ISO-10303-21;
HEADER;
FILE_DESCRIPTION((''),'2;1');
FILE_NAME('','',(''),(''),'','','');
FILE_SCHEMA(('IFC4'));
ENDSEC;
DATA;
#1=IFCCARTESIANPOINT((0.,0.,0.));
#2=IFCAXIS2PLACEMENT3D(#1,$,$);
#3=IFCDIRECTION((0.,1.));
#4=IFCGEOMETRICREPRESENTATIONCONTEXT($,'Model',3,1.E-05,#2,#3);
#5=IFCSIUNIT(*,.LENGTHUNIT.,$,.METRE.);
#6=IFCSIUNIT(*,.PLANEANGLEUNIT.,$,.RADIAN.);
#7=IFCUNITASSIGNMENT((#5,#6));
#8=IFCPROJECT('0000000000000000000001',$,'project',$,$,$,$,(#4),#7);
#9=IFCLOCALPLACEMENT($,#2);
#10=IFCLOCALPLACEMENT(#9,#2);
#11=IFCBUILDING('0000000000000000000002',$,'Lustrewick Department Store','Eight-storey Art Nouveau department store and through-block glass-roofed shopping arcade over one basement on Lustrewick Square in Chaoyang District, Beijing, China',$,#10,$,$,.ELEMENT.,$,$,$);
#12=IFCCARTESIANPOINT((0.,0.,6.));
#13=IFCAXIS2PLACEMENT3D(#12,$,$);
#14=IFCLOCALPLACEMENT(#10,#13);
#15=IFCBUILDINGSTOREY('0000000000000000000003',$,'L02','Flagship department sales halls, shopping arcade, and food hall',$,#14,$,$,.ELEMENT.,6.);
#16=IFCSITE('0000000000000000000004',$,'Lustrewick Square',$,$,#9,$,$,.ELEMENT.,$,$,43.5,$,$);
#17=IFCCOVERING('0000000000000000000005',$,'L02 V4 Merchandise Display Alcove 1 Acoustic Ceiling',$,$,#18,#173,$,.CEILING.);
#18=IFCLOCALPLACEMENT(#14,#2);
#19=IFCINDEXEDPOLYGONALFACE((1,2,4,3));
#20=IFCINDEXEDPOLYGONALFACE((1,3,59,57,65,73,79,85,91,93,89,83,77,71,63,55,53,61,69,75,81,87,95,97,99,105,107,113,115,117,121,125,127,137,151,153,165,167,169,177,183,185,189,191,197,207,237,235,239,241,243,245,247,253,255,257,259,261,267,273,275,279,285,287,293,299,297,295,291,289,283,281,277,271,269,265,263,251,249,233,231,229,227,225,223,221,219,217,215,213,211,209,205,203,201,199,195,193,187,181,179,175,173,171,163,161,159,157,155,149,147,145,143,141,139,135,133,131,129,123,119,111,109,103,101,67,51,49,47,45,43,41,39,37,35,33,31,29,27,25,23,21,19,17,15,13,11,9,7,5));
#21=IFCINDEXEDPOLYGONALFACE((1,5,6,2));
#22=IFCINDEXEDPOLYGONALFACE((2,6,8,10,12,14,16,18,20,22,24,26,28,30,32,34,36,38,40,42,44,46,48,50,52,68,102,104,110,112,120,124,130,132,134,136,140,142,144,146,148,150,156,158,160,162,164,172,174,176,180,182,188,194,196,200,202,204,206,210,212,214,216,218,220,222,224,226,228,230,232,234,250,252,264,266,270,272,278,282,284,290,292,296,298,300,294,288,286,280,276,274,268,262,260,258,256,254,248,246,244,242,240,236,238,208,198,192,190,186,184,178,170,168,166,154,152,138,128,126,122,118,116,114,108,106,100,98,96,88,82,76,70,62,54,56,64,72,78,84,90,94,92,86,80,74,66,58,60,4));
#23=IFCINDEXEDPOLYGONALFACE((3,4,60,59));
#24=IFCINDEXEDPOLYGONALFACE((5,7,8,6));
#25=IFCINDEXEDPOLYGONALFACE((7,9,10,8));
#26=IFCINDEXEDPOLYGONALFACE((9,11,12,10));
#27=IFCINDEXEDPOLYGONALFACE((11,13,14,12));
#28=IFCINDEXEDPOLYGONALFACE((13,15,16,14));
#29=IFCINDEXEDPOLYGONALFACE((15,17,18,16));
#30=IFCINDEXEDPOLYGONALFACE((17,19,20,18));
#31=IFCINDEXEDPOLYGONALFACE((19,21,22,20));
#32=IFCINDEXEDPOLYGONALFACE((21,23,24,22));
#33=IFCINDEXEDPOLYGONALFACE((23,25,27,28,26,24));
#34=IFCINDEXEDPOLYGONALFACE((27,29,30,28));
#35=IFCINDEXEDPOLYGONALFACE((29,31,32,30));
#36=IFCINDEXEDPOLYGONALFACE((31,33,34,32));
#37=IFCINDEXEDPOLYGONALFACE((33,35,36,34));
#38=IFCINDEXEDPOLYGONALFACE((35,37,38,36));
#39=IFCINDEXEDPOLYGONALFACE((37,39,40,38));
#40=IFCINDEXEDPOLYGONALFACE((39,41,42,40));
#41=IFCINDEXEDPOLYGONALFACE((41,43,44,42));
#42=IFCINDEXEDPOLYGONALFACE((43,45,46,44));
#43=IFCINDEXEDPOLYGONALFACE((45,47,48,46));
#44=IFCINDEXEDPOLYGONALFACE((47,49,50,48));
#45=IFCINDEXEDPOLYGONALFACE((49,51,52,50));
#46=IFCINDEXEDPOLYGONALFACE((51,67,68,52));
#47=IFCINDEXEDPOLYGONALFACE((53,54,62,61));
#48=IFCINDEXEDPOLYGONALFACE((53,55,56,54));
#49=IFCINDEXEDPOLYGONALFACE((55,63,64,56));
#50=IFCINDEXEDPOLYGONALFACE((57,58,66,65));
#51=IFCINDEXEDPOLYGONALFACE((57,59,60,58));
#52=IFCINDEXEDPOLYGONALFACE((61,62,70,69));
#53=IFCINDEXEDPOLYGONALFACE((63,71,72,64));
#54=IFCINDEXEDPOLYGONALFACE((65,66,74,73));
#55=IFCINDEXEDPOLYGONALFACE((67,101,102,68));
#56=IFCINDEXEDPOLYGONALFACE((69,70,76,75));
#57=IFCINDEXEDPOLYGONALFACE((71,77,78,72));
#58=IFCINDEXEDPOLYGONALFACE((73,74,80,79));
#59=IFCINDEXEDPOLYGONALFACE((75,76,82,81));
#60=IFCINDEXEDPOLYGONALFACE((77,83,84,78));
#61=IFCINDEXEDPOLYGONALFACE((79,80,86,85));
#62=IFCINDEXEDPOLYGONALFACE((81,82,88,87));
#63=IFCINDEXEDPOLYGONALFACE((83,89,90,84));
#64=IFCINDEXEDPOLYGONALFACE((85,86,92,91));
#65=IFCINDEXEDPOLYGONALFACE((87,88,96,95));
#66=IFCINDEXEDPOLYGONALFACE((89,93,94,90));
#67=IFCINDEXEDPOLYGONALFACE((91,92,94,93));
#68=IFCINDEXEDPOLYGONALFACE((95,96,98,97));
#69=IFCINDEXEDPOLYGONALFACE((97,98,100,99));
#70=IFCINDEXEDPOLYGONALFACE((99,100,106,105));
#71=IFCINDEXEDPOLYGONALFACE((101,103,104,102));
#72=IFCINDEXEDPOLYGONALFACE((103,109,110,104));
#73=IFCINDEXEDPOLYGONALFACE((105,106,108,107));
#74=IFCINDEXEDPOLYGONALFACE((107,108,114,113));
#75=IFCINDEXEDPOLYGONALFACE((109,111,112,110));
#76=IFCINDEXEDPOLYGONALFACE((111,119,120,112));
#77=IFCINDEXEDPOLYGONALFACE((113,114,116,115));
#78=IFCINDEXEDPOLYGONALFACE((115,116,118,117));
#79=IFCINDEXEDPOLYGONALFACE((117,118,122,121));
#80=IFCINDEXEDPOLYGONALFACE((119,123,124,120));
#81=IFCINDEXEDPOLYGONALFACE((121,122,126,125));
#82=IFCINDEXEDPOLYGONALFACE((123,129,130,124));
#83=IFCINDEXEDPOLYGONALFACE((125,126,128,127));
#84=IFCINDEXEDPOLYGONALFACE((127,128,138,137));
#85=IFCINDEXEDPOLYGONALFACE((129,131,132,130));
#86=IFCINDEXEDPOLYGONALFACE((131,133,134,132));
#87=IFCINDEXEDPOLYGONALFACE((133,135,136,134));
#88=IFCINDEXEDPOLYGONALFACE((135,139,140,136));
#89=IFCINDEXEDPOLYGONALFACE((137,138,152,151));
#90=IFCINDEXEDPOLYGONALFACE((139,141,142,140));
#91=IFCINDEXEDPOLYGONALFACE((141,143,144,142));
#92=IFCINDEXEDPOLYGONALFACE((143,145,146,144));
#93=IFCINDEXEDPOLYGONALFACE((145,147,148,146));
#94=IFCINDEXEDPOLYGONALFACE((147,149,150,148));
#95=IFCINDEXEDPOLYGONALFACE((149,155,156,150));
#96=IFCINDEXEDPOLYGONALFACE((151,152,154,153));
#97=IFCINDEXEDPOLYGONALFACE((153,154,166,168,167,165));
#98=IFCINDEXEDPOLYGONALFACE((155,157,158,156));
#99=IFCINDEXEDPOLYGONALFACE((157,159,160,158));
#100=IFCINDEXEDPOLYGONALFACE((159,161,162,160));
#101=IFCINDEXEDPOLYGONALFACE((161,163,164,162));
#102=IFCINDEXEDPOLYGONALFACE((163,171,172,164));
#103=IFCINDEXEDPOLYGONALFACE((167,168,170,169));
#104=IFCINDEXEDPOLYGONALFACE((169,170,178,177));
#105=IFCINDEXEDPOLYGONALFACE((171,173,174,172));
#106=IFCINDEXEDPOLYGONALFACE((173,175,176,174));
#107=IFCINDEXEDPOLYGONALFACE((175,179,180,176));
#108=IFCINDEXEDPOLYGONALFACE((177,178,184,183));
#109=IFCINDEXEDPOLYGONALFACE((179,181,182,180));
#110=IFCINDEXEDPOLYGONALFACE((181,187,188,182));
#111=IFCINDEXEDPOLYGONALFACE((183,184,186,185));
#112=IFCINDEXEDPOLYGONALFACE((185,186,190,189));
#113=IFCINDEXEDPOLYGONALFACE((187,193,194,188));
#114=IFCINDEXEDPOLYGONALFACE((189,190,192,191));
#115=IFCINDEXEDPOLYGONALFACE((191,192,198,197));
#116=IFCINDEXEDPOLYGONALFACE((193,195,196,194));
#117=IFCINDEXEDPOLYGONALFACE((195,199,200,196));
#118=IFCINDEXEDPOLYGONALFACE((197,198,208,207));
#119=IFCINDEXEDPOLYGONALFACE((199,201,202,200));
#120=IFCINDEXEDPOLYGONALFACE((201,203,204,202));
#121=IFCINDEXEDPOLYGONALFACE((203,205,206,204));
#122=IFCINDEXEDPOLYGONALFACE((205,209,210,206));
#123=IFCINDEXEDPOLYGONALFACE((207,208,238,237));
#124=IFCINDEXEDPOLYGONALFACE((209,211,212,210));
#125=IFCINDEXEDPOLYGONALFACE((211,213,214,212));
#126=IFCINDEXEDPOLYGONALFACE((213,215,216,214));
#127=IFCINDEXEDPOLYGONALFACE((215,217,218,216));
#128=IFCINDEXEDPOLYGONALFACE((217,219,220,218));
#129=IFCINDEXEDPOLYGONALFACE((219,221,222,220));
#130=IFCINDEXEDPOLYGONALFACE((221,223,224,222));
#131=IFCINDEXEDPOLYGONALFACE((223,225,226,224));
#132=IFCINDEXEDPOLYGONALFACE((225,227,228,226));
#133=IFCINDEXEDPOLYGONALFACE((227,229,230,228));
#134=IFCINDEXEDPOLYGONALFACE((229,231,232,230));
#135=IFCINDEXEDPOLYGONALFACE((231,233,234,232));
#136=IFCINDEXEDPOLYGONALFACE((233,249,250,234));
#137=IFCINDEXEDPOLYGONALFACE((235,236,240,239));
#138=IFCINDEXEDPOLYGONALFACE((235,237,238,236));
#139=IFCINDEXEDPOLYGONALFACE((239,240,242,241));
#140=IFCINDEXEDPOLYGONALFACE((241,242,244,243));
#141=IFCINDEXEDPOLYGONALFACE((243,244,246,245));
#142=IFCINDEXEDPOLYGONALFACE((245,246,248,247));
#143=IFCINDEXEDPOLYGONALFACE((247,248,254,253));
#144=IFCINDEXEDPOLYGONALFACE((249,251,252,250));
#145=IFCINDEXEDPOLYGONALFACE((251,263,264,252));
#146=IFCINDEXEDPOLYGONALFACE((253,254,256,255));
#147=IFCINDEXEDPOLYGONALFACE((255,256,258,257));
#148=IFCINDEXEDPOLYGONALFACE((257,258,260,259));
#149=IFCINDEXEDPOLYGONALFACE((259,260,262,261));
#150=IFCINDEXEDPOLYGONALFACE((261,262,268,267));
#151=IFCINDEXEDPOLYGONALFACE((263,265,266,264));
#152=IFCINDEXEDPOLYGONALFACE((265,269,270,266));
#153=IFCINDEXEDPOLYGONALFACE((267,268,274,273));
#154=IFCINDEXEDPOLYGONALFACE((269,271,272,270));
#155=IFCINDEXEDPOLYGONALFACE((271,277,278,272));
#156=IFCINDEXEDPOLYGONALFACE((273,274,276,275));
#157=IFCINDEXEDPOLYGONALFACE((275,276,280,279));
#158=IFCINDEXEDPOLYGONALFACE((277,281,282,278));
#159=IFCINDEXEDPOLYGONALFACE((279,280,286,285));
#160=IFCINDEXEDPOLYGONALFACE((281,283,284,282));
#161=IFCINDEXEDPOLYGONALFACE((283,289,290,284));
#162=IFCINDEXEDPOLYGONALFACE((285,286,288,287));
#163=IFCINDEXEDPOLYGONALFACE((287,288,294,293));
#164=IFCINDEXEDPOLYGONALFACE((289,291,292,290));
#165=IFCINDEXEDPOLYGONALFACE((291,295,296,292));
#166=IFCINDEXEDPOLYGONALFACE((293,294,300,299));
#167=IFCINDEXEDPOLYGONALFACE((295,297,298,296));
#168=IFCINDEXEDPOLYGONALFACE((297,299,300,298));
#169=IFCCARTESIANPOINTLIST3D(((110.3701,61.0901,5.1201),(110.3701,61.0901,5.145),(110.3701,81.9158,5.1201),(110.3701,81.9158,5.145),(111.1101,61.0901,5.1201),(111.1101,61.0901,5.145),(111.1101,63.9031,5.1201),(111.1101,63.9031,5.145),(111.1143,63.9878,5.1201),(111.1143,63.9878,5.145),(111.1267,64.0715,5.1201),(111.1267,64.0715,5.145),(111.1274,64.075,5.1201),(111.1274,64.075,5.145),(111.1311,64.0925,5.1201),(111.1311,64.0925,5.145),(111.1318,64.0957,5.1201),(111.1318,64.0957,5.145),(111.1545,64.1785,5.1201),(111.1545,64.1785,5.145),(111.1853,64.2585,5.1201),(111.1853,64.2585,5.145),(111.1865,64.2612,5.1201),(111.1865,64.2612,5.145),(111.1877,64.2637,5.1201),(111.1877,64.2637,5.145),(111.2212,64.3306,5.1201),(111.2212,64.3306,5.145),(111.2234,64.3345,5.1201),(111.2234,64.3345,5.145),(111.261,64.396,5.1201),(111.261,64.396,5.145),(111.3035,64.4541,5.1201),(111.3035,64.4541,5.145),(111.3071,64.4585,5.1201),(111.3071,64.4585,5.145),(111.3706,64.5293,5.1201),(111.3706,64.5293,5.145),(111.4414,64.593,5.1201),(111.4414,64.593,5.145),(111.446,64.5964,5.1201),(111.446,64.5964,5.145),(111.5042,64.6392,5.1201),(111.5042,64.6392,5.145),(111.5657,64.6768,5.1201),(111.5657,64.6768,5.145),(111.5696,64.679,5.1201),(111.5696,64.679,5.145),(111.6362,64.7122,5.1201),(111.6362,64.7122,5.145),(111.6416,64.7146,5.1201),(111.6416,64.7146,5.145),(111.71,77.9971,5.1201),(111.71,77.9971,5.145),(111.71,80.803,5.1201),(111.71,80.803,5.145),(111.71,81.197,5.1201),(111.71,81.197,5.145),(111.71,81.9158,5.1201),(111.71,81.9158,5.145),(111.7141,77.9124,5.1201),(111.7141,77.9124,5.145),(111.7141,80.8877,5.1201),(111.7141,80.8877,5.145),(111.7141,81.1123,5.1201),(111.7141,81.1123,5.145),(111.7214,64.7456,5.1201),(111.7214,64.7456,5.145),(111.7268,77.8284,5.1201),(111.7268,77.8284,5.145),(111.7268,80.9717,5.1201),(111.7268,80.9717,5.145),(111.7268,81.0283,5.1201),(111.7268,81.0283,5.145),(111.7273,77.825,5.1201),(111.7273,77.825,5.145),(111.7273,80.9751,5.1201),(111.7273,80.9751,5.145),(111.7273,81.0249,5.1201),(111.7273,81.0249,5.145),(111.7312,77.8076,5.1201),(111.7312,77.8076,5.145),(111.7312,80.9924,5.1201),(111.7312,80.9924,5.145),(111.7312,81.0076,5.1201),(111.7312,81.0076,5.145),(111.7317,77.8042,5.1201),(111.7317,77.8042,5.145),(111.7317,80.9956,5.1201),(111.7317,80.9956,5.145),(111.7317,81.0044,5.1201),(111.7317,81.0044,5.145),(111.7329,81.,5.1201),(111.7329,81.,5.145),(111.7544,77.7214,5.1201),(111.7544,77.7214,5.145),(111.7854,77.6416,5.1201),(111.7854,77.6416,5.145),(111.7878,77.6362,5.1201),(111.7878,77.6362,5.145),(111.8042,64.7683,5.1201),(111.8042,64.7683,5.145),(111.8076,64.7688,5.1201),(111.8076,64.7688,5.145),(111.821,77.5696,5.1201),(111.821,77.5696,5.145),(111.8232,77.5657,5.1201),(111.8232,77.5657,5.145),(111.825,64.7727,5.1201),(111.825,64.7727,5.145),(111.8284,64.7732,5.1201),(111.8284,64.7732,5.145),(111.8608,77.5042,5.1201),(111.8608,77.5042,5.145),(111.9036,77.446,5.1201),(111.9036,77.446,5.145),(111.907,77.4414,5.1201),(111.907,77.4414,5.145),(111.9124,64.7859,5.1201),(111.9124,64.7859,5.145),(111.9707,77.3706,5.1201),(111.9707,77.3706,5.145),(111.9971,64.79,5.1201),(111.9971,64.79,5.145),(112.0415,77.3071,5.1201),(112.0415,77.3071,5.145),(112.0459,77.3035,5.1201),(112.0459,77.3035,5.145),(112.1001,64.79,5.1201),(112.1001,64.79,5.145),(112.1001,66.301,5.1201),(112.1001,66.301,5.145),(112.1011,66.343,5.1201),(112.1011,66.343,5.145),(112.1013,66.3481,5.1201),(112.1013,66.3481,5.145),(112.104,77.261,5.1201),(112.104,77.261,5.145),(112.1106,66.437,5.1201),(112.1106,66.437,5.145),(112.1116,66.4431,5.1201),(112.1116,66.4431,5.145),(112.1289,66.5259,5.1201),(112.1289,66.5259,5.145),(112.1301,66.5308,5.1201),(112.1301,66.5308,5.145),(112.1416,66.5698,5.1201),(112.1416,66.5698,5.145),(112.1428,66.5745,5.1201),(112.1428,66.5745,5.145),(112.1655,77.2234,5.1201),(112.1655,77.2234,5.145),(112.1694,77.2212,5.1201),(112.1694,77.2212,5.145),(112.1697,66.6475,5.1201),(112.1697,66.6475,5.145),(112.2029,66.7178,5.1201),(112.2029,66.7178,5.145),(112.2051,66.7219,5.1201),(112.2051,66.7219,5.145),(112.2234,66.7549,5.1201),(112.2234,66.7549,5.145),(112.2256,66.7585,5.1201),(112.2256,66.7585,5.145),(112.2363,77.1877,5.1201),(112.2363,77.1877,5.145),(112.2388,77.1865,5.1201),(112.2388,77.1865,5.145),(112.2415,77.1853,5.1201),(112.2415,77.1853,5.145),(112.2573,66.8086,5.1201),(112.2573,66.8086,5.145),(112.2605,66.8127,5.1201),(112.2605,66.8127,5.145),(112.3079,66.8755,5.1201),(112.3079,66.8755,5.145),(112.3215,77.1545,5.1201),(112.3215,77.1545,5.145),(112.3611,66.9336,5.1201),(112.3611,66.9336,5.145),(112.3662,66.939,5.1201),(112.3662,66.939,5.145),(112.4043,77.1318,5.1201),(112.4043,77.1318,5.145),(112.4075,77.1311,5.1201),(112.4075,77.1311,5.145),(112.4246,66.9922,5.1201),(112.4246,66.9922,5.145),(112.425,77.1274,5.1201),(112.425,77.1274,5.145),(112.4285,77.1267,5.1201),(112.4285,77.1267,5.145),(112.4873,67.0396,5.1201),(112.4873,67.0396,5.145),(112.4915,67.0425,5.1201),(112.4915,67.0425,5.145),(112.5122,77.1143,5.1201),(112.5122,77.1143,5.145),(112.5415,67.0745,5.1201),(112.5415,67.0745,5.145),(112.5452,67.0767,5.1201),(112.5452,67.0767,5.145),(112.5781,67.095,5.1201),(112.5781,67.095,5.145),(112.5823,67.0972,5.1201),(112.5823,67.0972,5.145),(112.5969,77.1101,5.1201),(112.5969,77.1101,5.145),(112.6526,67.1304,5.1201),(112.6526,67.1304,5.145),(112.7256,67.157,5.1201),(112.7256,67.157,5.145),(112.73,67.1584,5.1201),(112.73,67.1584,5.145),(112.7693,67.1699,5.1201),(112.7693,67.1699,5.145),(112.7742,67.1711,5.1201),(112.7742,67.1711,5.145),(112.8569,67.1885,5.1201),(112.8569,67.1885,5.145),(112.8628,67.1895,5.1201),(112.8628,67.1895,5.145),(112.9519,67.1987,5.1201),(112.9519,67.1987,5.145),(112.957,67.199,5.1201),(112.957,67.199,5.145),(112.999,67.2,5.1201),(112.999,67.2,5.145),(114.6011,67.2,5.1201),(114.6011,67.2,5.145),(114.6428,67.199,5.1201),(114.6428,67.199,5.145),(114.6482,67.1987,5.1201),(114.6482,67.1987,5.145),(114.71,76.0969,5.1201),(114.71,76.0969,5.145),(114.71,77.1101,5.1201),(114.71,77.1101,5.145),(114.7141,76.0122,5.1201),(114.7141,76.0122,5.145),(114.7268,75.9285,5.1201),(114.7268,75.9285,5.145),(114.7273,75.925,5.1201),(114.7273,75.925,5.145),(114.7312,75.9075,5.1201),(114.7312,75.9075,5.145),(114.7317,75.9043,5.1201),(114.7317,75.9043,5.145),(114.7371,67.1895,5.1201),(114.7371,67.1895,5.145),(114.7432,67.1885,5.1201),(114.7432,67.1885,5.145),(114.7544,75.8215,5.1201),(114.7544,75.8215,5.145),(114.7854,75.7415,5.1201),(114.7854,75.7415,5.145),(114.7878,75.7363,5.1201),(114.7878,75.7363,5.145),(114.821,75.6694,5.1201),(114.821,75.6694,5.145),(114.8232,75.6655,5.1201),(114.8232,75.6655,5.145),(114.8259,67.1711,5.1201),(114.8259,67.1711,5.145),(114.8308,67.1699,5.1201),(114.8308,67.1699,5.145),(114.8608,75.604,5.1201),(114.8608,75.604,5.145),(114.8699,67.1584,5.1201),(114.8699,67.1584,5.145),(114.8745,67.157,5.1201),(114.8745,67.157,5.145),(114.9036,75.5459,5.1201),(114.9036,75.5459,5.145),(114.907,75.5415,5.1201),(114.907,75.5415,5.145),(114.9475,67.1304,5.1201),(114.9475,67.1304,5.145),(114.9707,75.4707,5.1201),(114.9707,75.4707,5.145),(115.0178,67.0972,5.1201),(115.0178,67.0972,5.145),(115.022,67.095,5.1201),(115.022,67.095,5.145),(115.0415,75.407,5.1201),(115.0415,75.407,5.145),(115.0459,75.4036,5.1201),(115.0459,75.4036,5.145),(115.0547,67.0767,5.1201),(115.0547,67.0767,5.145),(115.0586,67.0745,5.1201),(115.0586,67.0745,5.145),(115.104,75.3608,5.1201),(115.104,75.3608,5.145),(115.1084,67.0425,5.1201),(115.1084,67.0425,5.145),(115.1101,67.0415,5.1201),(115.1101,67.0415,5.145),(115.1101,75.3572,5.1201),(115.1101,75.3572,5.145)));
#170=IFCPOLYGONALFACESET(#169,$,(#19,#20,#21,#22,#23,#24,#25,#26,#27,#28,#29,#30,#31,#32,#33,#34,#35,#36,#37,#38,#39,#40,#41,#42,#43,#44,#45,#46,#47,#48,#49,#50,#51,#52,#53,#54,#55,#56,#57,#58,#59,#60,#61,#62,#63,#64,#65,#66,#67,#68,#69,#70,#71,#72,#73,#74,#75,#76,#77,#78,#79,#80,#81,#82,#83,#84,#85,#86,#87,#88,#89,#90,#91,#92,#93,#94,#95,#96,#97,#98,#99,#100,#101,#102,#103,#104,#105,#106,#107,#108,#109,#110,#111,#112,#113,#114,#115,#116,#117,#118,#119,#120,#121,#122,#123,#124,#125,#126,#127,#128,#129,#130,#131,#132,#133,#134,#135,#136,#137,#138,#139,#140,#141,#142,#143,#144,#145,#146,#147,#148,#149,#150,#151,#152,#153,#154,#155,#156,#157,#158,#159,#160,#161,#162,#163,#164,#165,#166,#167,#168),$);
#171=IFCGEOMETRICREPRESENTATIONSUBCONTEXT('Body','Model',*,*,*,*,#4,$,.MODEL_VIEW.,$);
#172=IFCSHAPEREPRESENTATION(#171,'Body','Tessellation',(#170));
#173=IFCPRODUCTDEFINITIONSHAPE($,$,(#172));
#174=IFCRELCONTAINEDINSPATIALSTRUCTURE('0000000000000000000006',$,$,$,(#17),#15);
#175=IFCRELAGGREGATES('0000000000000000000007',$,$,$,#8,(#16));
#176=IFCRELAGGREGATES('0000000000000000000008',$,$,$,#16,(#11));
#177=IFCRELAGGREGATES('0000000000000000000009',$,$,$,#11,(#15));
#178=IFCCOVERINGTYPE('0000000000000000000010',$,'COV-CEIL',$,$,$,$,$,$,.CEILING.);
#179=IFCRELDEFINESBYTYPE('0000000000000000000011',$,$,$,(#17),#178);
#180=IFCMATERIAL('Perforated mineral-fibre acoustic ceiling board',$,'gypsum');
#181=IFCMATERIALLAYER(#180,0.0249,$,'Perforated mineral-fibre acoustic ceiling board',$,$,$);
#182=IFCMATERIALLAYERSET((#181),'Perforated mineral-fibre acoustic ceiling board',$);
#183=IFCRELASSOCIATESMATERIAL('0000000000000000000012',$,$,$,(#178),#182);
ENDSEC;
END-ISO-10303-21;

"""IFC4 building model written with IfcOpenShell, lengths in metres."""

from ifc_helpers import new_model, si_unit, direction, frame, origin, place, context, subcontext, project, spatial, polyline, outline, extrude, material, layer, layer_set, type_object, element, save


model = new_model("IFC4")

# Units and contexts
model_context = context("Model", 3, precision=1e-05, world=origin(), true_north=direction((0.0, 1.0)))
body_context = subcontext(model_context, "Body", "Model", "MODEL_VIEW")
ifc_project = project(units=[si_unit("LENGTHUNIT", "METRE"), si_unit("PLANEANGLEUNIT", "RADIAN")], contexts=[model_context])

# Site, building, storey
site_placement = place(None, origin())
site = spatial("IfcSite", under=ifc_project, at=site_placement, Name="Lustrewick Square", CompositionType="ELEMENT", RefElevation=43.5)
building_placement = place(site_placement, origin())
building = spatial("IfcBuilding", under=site, at=building_placement, Name="Lustrewick Department Store", Description="Eight-storey Art Nouveau department store and through-block glass-roofed shopping arcade over one basement on Lustrewick Square in Chaoyang District, Beijing, China", CompositionType="ELEMENT")
storey_placement = place(building_placement, frame((0.0, 0.0, 6.0)))
storey = spatial("IfcBuildingStorey", under=building, at=storey_placement, Name="L02", Description="Flagship department sales halls, shopping arcade, and food hall", CompositionType="ELEMENT", Elevation=6.0)

# Covering
ifc_material_1 = material(Name="Perforated mineral-fibre acoustic ceiling board", Category="gypsum")
ifc_layer_1 = layer(ifc_material_1, 0.0249, Name="Perforated mineral-fibre acoustic ceiling board")
ifc_layer_set_1 = layer_set([ifc_layer_1], Name="Perforated mineral-fibre acoustic ceiling board")
covering_type_1 = type_object("IfcCoveringType", Name="COV-CEIL", PredefinedType="CEILING", material=ifc_layer_set_1)
covering_1_placement = place(storey_placement, frame((0.0, 0.0, 5.1201)))
element("IfcCovering", 1, at=covering_1_placement, inside=storey, type_object=covering_type_1, Name="L02 V4 Merchandise Display Alcove 1 Acoustic Ceiling", PredefinedType="CEILING", context=body_context, shape_type="SweptSolid", body=[
    extrude(outline(polyline([(110.3701, 61.0901), (111.1101, 61.0901), (111.1101, 63.9031), (111.1143, 63.9878), (111.1267, 64.0715), (111.1274, 64.075), (111.1311, 64.0925), (111.1318, 64.0957), (111.1545, 64.1785), (111.1853, 64.2585), (111.1865, 64.2612), (111.1877, 64.2637), (111.2212, 64.3306), (111.2234, 64.3345), (111.261, 64.396), (111.3035, 64.4541), (111.3071, 64.4585), (111.3706, 64.5293), (111.4414, 64.593), (111.446, 64.5964), (111.5042, 64.6392), (111.5657, 64.6768), (111.5696, 64.679), (111.6362, 64.7122), (111.6416, 64.7146), (111.7214, 64.7456), (111.8042, 64.7683), (111.8076, 64.7688), (111.825, 64.7727), (111.8284, 64.7732), (111.9124, 64.7859), (111.9971, 64.79), (112.1001, 64.79), (112.1001, 66.301), (112.1011, 66.343), (112.1013, 66.3481), (112.1106, 66.437), (112.1116, 66.4431), (112.1289, 66.5259), (112.1301, 66.5308), (112.1416, 66.5698), (112.1428, 66.5745), (112.1697, 66.6475), (112.2029, 66.7178), (112.2051, 66.7219), (112.2234, 66.7549), (112.2256, 66.7585), (112.2573, 66.8086), (112.2605, 66.8127), (112.3079, 66.8755), (112.3611, 66.9336), (112.3662, 66.939), (112.4246, 66.9922), (112.4873, 67.0396), (112.4915, 67.0425), (112.5415, 67.0745), (112.5452, 67.0767), (112.5781, 67.095), (112.5823, 67.0972), (112.6526, 67.1304), (112.7256, 67.157), (112.73, 67.1584), (112.7693, 67.1699), (112.7742, 67.1711), (112.8569, 67.1885), (112.8628, 67.1895), (112.9519, 67.1987), (112.957, 67.199), (112.999, 67.2), (114.6011, 67.2), (114.6428, 67.199), (114.6482, 67.1987), (114.7371, 67.1895), (114.7432, 67.1885), (114.8259, 67.1711), (114.8308, 67.1699), (114.8699, 67.1584), (114.8745, 67.157), (114.9475, 67.1304), (115.0178, 67.0972), (115.022, 67.095), (115.0547, 67.0767), (115.0586, 67.0745), (115.1084, 67.0425), (115.1101, 67.0415), (115.1101, 75.3572), (115.104, 75.3608), (115.0459, 75.4036), (115.0415, 75.407), (114.9707, 75.4707), (114.907, 75.5415), (114.9036, 75.5459), (114.8608, 75.604), (114.8232, 75.6655), (114.821, 75.6694), (114.7878, 75.7363), (114.7854, 75.7415), (114.7544, 75.8215), (114.7317, 75.9043), (114.7312, 75.9075), (114.7273, 75.925), (114.7268, 75.9285), (114.7141, 76.0122), (114.71, 76.0969), (114.71, 77.1101), (112.5969, 77.1101), (112.5122, 77.1143), (112.4285, 77.1267), (112.425, 77.1274), (112.4075, 77.1311), (112.4043, 77.1318), (112.3215, 77.1545), (112.2415, 77.1853), (112.2388, 77.1865), (112.2363, 77.1877), (112.1694, 77.2212), (112.1655, 77.2234), (112.104, 77.261), (112.0459, 77.3035), (112.0415, 77.3071), (111.9707, 77.3706), (111.907, 77.4414), (111.9036, 77.446), (111.8608, 77.5042), (111.8232, 77.5657), (111.821, 77.5696), (111.7878, 77.6362), (111.7854, 77.6416), (111.7544, 77.7214), (111.7317, 77.8042), (111.7312, 77.8076), (111.7273, 77.825), (111.7268, 77.8284), (111.7141, 77.9124), (111.71, 77.9971), (111.71, 80.803), (111.7141, 80.8877), (111.7268, 80.9717), (111.7273, 80.9751), (111.7312, 80.9924), (111.7317, 80.9956), (111.7329, 81.0), (111.7317, 81.0044), (111.7312, 81.0076), (111.7273, 81.0249), (111.7268, 81.0283), (111.7141, 81.1123), (111.71, 81.197), (111.71, 81.9158), (110.3701, 81.9158), (110.3701, 61.0901)])), origin(), (0.0, 0.0, 1.0), 0.0249),
])

save(model, "model.ifc")
